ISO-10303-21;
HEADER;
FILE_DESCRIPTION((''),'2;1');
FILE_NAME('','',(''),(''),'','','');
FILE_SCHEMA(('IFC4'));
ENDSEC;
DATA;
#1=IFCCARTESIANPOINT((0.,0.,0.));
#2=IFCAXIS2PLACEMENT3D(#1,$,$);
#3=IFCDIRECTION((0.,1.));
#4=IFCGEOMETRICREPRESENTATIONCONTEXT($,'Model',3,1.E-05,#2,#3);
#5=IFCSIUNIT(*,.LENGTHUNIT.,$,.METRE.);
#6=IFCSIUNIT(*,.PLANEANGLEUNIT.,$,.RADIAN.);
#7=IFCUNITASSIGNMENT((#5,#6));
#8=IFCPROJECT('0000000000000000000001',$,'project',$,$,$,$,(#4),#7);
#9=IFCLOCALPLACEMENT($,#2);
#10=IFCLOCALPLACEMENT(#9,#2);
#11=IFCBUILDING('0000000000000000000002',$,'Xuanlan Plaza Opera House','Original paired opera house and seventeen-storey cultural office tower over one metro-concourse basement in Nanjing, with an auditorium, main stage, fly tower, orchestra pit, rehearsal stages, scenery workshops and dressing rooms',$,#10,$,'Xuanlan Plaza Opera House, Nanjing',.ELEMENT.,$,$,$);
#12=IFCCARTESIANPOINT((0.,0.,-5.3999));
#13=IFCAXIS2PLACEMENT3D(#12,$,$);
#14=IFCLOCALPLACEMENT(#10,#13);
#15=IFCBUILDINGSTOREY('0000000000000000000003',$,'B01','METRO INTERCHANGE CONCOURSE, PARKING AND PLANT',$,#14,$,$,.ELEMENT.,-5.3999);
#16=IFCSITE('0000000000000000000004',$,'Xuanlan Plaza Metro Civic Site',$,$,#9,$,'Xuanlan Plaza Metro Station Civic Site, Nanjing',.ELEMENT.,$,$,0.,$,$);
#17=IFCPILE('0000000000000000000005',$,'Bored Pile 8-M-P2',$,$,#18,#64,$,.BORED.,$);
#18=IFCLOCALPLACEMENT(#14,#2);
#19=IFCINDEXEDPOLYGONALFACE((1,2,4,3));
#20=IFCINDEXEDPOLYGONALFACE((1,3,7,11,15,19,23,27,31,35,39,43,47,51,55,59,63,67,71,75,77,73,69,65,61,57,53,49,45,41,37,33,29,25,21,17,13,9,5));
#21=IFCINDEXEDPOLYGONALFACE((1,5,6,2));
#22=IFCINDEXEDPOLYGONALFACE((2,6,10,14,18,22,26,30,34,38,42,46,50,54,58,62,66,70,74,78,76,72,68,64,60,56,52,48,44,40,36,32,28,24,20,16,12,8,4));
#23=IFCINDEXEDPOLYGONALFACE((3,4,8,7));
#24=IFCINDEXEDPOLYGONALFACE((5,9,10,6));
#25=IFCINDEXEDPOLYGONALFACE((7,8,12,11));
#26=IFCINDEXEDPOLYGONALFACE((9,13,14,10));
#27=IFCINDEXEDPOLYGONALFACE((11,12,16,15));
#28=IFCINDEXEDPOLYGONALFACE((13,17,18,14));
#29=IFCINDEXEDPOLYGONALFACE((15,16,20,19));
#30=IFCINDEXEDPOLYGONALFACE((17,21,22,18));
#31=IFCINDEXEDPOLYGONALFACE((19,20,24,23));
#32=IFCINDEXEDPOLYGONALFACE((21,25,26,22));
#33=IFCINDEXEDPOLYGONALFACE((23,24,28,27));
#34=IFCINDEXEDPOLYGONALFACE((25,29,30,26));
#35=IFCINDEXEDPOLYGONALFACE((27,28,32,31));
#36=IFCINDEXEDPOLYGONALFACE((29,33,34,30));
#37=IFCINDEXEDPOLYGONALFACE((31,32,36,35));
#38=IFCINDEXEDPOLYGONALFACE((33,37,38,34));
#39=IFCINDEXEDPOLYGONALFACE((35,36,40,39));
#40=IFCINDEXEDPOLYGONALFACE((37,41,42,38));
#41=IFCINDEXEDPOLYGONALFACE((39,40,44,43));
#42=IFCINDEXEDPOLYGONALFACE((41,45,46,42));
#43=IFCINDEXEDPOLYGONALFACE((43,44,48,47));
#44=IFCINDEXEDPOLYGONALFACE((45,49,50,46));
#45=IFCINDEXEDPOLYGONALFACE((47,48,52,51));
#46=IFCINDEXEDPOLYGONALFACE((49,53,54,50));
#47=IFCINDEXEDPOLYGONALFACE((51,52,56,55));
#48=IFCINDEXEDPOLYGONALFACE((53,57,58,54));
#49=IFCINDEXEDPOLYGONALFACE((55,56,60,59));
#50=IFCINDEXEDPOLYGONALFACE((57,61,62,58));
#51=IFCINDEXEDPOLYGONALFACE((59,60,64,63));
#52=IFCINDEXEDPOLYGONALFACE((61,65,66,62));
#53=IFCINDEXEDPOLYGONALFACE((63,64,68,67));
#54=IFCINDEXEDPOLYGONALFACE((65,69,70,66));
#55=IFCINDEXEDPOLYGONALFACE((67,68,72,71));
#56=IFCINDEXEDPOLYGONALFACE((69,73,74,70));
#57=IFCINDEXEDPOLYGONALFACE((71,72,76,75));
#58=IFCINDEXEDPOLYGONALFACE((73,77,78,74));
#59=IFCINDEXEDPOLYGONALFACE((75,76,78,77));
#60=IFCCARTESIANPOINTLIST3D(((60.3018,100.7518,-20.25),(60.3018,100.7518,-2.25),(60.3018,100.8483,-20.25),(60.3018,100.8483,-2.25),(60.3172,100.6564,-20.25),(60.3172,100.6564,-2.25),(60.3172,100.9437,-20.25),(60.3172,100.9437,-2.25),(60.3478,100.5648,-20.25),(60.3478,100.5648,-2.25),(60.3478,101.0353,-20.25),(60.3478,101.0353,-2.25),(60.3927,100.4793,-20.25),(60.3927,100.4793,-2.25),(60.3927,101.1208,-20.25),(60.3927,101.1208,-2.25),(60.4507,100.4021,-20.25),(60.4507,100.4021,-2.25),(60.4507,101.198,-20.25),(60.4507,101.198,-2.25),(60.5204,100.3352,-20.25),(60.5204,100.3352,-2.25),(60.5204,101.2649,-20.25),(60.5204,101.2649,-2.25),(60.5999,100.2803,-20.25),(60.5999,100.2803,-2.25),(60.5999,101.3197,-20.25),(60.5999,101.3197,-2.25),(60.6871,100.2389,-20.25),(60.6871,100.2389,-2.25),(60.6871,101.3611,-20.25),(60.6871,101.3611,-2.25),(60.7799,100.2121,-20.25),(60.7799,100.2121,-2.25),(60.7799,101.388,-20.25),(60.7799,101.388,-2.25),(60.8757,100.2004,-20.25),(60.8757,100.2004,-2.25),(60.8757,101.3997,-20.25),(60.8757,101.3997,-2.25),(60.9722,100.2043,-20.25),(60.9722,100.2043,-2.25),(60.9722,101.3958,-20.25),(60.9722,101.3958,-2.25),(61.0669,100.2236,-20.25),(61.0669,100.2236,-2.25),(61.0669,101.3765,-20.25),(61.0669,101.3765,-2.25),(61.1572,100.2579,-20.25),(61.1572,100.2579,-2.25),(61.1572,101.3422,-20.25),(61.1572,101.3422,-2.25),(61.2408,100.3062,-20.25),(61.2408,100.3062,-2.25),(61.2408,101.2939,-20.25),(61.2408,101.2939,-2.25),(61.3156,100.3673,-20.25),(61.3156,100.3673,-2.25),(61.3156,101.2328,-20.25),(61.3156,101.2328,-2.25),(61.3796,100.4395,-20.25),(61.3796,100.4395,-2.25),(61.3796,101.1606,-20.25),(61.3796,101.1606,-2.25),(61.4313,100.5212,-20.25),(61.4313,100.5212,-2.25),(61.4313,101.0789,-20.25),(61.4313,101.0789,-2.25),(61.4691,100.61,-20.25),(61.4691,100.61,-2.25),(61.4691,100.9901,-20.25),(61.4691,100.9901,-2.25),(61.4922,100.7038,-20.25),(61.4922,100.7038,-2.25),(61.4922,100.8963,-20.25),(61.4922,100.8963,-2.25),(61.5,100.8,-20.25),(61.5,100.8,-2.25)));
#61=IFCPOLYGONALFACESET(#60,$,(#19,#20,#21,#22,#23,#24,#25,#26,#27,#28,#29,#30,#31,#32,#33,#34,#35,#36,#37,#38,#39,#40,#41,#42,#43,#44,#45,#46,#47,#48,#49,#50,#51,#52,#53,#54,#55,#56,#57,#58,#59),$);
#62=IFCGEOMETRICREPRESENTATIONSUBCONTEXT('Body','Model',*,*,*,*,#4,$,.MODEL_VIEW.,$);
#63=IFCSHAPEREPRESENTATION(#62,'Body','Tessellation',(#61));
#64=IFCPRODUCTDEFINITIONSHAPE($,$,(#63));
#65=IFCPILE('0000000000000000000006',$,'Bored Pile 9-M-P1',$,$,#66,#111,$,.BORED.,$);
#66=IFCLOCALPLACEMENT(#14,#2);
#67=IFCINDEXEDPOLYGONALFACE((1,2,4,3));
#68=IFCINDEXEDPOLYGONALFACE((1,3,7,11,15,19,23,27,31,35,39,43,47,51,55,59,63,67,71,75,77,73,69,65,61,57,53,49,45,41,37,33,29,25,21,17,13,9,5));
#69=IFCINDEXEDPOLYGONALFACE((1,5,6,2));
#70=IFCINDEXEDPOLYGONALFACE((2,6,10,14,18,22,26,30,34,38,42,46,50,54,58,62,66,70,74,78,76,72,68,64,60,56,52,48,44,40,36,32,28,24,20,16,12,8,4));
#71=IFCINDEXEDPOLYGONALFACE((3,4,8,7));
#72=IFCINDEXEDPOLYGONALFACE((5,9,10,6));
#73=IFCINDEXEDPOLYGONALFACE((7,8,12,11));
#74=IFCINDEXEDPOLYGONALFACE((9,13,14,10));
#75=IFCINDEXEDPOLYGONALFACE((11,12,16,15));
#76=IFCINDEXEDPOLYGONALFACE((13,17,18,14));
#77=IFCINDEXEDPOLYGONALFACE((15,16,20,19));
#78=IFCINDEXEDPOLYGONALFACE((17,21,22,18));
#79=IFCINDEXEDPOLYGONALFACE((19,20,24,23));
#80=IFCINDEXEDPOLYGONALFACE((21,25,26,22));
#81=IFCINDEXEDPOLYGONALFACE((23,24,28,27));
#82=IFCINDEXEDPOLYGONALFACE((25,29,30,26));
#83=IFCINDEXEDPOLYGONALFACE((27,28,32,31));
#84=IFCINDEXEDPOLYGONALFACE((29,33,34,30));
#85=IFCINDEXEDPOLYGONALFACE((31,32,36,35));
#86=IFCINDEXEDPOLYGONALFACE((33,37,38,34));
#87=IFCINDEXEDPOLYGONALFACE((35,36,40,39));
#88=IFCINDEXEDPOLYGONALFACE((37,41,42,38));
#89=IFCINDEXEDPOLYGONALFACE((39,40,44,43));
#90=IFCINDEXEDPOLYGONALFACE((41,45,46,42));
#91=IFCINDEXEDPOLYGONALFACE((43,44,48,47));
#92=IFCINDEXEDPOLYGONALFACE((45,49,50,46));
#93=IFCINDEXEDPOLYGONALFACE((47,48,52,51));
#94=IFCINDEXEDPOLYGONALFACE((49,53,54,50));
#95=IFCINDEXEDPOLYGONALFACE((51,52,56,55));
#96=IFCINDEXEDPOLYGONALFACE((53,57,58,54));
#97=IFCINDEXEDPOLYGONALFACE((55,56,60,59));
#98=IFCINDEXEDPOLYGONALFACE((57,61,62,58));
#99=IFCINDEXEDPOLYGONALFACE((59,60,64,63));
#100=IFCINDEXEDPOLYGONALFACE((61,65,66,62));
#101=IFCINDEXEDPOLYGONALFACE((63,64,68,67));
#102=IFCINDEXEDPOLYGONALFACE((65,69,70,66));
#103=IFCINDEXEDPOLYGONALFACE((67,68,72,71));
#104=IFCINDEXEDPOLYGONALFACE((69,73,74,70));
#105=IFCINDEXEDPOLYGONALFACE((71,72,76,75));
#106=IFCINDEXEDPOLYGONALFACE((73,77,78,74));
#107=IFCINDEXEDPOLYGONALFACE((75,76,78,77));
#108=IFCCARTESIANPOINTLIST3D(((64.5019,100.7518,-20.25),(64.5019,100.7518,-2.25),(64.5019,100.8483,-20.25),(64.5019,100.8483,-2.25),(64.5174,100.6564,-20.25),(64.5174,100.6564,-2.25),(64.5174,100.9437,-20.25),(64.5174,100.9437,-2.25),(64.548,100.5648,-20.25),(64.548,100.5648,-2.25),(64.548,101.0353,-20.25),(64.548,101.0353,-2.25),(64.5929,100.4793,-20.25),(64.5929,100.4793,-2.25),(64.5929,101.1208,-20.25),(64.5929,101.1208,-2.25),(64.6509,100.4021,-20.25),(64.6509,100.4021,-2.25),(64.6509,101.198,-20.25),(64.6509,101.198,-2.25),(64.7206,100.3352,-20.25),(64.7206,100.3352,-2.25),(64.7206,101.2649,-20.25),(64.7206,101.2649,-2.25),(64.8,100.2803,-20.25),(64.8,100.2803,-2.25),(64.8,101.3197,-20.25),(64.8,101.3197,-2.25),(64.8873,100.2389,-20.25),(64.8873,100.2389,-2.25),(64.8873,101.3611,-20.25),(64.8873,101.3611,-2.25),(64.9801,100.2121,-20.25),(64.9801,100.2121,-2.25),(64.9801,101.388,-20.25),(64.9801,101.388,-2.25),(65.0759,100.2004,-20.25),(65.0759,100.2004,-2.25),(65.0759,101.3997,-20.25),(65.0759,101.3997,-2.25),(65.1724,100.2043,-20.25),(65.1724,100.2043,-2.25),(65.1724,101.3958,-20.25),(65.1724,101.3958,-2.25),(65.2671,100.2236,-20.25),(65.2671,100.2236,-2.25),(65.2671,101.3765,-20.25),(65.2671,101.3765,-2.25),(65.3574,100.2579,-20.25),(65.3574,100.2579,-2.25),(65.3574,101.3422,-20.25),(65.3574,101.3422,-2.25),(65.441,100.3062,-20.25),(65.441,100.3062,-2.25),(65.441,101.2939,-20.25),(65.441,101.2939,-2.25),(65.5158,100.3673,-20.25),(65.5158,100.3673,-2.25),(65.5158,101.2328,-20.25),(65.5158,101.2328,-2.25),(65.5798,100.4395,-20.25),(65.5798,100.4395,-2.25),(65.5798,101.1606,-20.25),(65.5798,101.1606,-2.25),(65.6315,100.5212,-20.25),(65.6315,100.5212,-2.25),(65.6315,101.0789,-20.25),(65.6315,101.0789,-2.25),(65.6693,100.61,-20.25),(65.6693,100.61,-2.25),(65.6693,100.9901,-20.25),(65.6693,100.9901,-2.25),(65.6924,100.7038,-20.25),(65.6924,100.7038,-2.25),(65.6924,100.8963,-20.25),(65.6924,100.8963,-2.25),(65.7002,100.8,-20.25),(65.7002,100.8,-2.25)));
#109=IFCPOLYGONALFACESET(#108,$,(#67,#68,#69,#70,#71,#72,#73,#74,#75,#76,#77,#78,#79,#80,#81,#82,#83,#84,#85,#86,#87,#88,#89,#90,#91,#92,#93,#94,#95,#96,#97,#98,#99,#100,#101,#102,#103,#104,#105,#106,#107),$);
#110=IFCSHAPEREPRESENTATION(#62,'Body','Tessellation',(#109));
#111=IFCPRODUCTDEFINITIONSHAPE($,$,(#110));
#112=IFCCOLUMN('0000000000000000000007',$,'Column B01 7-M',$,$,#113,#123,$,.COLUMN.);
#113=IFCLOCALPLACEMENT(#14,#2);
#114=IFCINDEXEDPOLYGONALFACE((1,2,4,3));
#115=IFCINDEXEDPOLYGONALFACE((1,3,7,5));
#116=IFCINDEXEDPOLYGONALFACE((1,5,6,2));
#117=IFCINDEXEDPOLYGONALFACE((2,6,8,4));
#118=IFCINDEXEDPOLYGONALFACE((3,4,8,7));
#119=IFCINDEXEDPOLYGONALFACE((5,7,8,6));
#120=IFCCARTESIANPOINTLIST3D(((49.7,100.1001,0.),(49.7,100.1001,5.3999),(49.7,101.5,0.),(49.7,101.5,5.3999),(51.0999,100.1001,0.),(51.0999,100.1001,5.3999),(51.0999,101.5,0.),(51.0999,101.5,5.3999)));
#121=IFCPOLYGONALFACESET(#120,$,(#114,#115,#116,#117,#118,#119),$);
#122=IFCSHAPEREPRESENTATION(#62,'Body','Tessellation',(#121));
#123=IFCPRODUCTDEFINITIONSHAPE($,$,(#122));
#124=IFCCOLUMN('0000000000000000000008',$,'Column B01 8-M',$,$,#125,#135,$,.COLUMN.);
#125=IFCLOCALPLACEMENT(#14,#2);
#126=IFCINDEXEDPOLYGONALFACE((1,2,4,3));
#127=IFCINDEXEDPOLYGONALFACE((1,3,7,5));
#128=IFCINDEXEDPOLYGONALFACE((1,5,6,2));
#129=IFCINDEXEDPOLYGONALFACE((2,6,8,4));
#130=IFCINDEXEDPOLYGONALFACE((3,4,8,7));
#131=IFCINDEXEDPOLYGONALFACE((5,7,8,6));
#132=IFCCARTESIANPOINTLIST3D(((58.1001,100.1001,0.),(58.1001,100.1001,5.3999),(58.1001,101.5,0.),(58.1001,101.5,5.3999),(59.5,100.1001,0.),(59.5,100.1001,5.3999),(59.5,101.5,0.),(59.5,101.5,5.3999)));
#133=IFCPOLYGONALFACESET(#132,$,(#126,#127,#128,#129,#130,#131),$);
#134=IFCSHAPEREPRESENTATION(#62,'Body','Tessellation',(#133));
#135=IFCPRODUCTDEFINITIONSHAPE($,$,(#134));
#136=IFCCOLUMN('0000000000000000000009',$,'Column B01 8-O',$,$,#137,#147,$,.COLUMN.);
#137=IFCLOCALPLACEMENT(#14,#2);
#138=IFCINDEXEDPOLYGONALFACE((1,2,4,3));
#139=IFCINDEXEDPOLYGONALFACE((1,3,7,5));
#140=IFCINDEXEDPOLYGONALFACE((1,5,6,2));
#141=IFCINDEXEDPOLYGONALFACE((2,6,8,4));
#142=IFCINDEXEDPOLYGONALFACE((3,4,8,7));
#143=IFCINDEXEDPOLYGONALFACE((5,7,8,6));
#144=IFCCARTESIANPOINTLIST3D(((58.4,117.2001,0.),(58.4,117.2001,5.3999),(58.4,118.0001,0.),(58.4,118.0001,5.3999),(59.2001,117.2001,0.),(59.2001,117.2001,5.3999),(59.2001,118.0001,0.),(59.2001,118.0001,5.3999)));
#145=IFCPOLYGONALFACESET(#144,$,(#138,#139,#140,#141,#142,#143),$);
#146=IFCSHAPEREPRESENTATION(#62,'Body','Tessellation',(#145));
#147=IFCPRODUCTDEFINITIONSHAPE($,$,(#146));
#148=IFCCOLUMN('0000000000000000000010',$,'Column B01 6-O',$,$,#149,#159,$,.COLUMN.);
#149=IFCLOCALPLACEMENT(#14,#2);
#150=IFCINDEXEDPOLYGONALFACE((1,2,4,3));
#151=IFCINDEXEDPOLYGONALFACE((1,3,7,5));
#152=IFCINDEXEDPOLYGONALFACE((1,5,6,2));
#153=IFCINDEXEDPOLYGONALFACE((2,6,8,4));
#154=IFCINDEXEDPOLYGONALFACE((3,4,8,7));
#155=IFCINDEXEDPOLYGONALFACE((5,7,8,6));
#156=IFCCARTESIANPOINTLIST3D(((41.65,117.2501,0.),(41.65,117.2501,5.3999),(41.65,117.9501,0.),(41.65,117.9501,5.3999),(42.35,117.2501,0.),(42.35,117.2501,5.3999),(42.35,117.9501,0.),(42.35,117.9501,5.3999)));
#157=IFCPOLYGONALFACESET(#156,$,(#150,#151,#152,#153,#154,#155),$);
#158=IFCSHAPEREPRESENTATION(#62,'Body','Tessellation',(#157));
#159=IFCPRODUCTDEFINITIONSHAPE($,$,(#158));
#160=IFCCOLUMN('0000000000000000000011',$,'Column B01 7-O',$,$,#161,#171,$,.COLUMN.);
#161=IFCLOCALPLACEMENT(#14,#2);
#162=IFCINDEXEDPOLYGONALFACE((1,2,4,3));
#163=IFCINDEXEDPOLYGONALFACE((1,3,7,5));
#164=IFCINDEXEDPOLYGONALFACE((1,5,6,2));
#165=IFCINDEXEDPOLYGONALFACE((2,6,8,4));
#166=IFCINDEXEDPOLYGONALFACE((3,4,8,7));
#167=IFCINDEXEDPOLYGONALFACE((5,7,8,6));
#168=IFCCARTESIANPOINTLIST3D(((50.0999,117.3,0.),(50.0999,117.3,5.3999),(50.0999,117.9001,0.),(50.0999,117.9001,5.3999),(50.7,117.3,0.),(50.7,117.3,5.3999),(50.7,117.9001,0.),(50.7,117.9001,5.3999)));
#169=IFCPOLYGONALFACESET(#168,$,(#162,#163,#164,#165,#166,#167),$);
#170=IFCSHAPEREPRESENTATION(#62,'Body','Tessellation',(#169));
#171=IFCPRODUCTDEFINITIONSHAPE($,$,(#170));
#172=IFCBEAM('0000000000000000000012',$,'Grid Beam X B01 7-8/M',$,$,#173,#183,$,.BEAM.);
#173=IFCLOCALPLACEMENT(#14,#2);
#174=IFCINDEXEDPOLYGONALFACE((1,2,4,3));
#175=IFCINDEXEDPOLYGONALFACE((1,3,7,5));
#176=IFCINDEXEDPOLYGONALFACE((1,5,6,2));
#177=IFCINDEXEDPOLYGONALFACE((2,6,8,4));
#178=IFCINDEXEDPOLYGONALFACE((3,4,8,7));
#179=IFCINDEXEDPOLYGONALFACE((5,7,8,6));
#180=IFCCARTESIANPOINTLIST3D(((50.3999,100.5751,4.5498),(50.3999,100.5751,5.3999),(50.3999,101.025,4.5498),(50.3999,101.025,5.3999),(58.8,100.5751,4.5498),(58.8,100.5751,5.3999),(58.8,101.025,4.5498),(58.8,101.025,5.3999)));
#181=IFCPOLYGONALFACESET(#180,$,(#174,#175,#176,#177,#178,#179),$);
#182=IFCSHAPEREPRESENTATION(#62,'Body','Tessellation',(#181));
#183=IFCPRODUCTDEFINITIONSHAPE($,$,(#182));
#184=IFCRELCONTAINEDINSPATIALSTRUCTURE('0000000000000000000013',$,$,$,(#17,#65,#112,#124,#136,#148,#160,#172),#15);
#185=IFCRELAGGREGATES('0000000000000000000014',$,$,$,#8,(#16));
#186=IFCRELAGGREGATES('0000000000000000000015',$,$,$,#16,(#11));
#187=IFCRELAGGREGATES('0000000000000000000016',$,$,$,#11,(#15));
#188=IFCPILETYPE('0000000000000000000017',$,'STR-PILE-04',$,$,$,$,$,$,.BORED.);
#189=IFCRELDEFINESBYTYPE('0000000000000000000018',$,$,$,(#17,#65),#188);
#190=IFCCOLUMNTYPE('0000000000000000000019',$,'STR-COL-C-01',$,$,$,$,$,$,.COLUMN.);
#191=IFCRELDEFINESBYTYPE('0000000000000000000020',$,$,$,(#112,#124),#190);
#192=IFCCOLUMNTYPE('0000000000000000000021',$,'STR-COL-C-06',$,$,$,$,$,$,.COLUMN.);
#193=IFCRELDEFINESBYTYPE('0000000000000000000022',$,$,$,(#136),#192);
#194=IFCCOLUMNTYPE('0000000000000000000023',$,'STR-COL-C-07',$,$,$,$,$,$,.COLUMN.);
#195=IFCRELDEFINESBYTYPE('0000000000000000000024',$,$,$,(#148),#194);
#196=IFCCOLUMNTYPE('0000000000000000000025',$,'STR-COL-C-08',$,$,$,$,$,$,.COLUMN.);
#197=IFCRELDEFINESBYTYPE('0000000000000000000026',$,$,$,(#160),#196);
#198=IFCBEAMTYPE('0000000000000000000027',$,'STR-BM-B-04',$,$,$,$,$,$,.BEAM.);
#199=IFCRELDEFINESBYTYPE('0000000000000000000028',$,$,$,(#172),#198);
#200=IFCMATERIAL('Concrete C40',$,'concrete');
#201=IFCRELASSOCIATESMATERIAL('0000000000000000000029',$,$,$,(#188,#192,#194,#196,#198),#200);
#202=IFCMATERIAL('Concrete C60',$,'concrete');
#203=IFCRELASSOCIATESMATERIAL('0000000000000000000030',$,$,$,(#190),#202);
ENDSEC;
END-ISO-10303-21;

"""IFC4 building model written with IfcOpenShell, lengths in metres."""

from ifc_helpers import new_model, si_unit, direction, frame, origin, origin_2d, place, context, subcontext, project, spatial, rectangle, circle, extrude, material, material_profile, profile_set, type_object, element, save


model = new_model("IFC4")

# Units and contexts
model_context = context("Model", 3, precision=1e-05, world=origin(), true_north=direction((0.0, 1.0)))
body_context = subcontext(model_context, "Body", "Model", "MODEL_VIEW")
ifc_project = project(units=[si_unit("LENGTHUNIT", "METRE"), si_unit("PLANEANGLEUNIT", "RADIAN")], contexts=[model_context])

# Site, building, storey
site_placement = place(None, origin())
site = spatial("IfcSite", under=ifc_project, at=site_placement, Name="Xuanlan Plaza Metro Civic Site", LongName="Xuanlan Plaza Metro Station Civic Site, Nanjing", CompositionType="ELEMENT", RefElevation=0.0)
building_placement = place(site_placement, origin())
building = spatial("IfcBuilding", under=site, at=building_placement, Name="Xuanlan Plaza Opera House", Description="Original paired opera house and seventeen-storey cultural office tower over one metro-concourse basement in Nanjing, with an auditorium, main stage, fly tower, orchestra pit, rehearsal stages, scenery workshops and dressing rooms", LongName="Xuanlan Plaza Opera House, Nanjing", CompositionType="ELEMENT")
storey_placement = place(building_placement, frame((0.0, 0.0, -5.3999)))
storey = spatial("IfcBuildingStorey", under=building, at=storey_placement, Name="B01", Description="METRO INTERCHANGE CONCOURSE, PARKING AND PLANT", CompositionType="ELEMENT", Elevation=-5.3999)

# Shared definitions
ifc_material_1 = material(Name="Concrete C40", Category="concrete")

# Piles
ifc_material_profile_1 = material_profile(ifc_material_1, circle(Radius=0.6001, at=origin_2d()), Name="PILE D1200")
ifc_profile_set_1 = profile_set([ifc_material_profile_1], Name="Concrete C40")
pile_type = type_object("IfcPileType", Name="STR-PILE-04", PredefinedType="BORED", material=ifc_profile_set_1)
for number, where, z_axis, x_axis, name in (
    (1, (60.8999, 100.8, -2.25), (0.0, 0.0, -1.0), (1.0, 0.0, 0.0), "Bored Pile 8-M-P2"),
    (2, (65.1001, 100.8, -2.25), (0.0, 0.0, -1.0), (1.0, 0.0, 0.0), "Bored Pile 9-M-P1"),
):
    element("IfcPile", number, at=place(storey_placement, frame(where, z_axis=z_axis, x_axis=x_axis)), inside=storey, type_object=pile_type, Name=name, PredefinedType="BORED", context=body_context, shape_type="SweptSolid", body=[
        extrude(circle(Radius=0.6001, at=origin_2d()), origin(), (0.0, 0.0, 1.0), 18.0),
    ])

# Columns
ifc_material_2 = material(Name="Concrete C60", Category="concrete")
ifc_material_profile_2 = material_profile(ifc_material_2, rectangle(XDim=1.3999, YDim=1.3999, at=origin_2d()), Name="RC-COL 1400x1400")
ifc_profile_set_2 = profile_set([ifc_material_profile_2], Name="Concrete C60")
column_type_1 = type_object("IfcColumnType", Name="STR-COL-C-01", PredefinedType="COLUMN", material=ifc_profile_set_2)
for number, where, z_axis, x_axis, name in (
    (3, (50.3999, 100.8, 0.0), (0.0, 0.0, 1.0), (1.0, 0.0, 0.0), "Column B01 7-M"),
    (4, (58.8, 100.8, 0.0), (0.0, 0.0, 1.0), (1.0, 0.0, 0.0), "Column B01 8-M"),
):
    element("IfcColumn", number, at=place(storey_placement, frame(where, z_axis=z_axis, x_axis=x_axis)), inside=storey, type_object=column_type_1, Name=name, PredefinedType="COLUMN", context=body_context, shape_type="SweptSolid", body=[
        extrude(rectangle(XDim=1.3999, YDim=1.3999, at=origin_2d()), origin(), (0.0, 0.0, 1.0), 5.3999),
    ])
ifc_material_profile_3 = material_profile(ifc_material_1, rectangle(XDim=0.8, YDim=0.8, at=origin_2d()), Name="RC-COL 800x800")
ifc_profile_set_3 = profile_set([ifc_material_profile_3], Name="Concrete C40")
column_type_2 = type_object("IfcColumnType", Name="STR-COL-C-06", PredefinedType="COLUMN", material=ifc_profile_set_3)
column_1_placement = place(storey_placement, frame((58.8, 117.6001, 0.0), z_axis=(0.0, 0.0, 1.0), x_axis=(1.0, 0.0, 0.0)))
element("IfcColumn", 5, at=column_1_placement, inside=storey, type_object=column_type_2, Name="Column B01 8-O", PredefinedType="COLUMN", context=body_context, shape_type="SweptSolid", body=[
    extrude(rectangle(XDim=0.8, YDim=0.8, at=origin_2d()), origin(), (0.0, 0.0, 1.0), 5.3999),
])
ifc_material_profile_4 = material_profile(ifc_material_1, rectangle(XDim=0.7, YDim=0.7, at=origin_2d()), Name="RC-COL 700x700")
ifc_profile_set_4 = profile_set([ifc_material_profile_4], Name="Concrete C40")
column_type_3 = type_object("IfcColumnType", Name="STR-COL-C-07", PredefinedType="COLUMN", material=ifc_profile_set_4)
column_2_placement = place(storey_placement, frame((42.0, 117.6001, 0.0), z_axis=(0.0, 0.0, 1.0), x_axis=(1.0, 0.0, 0.0)))
element("IfcColumn", 6, at=column_2_placement, inside=storey, type_object=column_type_3, Name="Column B01 6-O", PredefinedType="COLUMN", context=body_context, shape_type="SweptSolid", body=[
    extrude(rectangle(XDim=0.7, YDim=0.7, at=origin_2d()), origin(), (0.0, 0.0, 1.0), 5.3999),
])
ifc_material_profile_5 = material_profile(ifc_material_1, rectangle(XDim=0.6001, YDim=0.6001, at=origin_2d()), Name="RC-COL 600x600")
ifc_profile_set_5 = profile_set([ifc_material_profile_5], Name="Concrete C40")
column_type_4 = type_object("IfcColumnType", Name="STR-COL-C-08", PredefinedType="COLUMN", material=ifc_profile_set_5)
column_3_placement = place(storey_placement, frame((50.3999, 117.6001, 0.0), z_axis=(0.0, 0.0, 1.0), x_axis=(1.0, 0.0, 0.0)))
element("IfcColumn", 7, at=column_3_placement, inside=storey, type_object=column_type_4, Name="Column B01 7-O", PredefinedType="COLUMN", context=body_context, shape_type="SweptSolid", body=[
    extrude(rectangle(XDim=0.6001, YDim=0.6001, at=origin_2d()), origin(), (0.0, 0.0, 1.0), 5.3999),
])

# Beam
ifc_material_profile_6 = material_profile(ifc_material_1, rectangle(XDim=0.45, YDim=0.8501, at=origin_2d()), Name="RC-BM 450x850")
ifc_profile_set_6 = profile_set([ifc_material_profile_6], Name="Concrete C40")
beam_type_1 = type_object("IfcBeamType", Name="STR-BM-B-04", PredefinedType="BEAM", material=ifc_profile_set_6)
beam_1_placement = place(storey_placement, frame((50.3999, 100.8, 4.9749), z_axis=(1.0, 0.0, 0.0), x_axis=(0.0, 1.0, 0.0)))
element("IfcBeam", 8, at=beam_1_placement, inside=storey, type_object=beam_type_1, Name="Grid Beam X B01 7-8/M", PredefinedType="BEAM", context=body_context, shape_type="SweptSolid", body=[
    extrude(rectangle(XDim=0.45, YDim=0.8501, at=origin_2d()), origin(), (0.0, 0.0, 1.0), 8.4001),
])

save(model, "model.ifc")
